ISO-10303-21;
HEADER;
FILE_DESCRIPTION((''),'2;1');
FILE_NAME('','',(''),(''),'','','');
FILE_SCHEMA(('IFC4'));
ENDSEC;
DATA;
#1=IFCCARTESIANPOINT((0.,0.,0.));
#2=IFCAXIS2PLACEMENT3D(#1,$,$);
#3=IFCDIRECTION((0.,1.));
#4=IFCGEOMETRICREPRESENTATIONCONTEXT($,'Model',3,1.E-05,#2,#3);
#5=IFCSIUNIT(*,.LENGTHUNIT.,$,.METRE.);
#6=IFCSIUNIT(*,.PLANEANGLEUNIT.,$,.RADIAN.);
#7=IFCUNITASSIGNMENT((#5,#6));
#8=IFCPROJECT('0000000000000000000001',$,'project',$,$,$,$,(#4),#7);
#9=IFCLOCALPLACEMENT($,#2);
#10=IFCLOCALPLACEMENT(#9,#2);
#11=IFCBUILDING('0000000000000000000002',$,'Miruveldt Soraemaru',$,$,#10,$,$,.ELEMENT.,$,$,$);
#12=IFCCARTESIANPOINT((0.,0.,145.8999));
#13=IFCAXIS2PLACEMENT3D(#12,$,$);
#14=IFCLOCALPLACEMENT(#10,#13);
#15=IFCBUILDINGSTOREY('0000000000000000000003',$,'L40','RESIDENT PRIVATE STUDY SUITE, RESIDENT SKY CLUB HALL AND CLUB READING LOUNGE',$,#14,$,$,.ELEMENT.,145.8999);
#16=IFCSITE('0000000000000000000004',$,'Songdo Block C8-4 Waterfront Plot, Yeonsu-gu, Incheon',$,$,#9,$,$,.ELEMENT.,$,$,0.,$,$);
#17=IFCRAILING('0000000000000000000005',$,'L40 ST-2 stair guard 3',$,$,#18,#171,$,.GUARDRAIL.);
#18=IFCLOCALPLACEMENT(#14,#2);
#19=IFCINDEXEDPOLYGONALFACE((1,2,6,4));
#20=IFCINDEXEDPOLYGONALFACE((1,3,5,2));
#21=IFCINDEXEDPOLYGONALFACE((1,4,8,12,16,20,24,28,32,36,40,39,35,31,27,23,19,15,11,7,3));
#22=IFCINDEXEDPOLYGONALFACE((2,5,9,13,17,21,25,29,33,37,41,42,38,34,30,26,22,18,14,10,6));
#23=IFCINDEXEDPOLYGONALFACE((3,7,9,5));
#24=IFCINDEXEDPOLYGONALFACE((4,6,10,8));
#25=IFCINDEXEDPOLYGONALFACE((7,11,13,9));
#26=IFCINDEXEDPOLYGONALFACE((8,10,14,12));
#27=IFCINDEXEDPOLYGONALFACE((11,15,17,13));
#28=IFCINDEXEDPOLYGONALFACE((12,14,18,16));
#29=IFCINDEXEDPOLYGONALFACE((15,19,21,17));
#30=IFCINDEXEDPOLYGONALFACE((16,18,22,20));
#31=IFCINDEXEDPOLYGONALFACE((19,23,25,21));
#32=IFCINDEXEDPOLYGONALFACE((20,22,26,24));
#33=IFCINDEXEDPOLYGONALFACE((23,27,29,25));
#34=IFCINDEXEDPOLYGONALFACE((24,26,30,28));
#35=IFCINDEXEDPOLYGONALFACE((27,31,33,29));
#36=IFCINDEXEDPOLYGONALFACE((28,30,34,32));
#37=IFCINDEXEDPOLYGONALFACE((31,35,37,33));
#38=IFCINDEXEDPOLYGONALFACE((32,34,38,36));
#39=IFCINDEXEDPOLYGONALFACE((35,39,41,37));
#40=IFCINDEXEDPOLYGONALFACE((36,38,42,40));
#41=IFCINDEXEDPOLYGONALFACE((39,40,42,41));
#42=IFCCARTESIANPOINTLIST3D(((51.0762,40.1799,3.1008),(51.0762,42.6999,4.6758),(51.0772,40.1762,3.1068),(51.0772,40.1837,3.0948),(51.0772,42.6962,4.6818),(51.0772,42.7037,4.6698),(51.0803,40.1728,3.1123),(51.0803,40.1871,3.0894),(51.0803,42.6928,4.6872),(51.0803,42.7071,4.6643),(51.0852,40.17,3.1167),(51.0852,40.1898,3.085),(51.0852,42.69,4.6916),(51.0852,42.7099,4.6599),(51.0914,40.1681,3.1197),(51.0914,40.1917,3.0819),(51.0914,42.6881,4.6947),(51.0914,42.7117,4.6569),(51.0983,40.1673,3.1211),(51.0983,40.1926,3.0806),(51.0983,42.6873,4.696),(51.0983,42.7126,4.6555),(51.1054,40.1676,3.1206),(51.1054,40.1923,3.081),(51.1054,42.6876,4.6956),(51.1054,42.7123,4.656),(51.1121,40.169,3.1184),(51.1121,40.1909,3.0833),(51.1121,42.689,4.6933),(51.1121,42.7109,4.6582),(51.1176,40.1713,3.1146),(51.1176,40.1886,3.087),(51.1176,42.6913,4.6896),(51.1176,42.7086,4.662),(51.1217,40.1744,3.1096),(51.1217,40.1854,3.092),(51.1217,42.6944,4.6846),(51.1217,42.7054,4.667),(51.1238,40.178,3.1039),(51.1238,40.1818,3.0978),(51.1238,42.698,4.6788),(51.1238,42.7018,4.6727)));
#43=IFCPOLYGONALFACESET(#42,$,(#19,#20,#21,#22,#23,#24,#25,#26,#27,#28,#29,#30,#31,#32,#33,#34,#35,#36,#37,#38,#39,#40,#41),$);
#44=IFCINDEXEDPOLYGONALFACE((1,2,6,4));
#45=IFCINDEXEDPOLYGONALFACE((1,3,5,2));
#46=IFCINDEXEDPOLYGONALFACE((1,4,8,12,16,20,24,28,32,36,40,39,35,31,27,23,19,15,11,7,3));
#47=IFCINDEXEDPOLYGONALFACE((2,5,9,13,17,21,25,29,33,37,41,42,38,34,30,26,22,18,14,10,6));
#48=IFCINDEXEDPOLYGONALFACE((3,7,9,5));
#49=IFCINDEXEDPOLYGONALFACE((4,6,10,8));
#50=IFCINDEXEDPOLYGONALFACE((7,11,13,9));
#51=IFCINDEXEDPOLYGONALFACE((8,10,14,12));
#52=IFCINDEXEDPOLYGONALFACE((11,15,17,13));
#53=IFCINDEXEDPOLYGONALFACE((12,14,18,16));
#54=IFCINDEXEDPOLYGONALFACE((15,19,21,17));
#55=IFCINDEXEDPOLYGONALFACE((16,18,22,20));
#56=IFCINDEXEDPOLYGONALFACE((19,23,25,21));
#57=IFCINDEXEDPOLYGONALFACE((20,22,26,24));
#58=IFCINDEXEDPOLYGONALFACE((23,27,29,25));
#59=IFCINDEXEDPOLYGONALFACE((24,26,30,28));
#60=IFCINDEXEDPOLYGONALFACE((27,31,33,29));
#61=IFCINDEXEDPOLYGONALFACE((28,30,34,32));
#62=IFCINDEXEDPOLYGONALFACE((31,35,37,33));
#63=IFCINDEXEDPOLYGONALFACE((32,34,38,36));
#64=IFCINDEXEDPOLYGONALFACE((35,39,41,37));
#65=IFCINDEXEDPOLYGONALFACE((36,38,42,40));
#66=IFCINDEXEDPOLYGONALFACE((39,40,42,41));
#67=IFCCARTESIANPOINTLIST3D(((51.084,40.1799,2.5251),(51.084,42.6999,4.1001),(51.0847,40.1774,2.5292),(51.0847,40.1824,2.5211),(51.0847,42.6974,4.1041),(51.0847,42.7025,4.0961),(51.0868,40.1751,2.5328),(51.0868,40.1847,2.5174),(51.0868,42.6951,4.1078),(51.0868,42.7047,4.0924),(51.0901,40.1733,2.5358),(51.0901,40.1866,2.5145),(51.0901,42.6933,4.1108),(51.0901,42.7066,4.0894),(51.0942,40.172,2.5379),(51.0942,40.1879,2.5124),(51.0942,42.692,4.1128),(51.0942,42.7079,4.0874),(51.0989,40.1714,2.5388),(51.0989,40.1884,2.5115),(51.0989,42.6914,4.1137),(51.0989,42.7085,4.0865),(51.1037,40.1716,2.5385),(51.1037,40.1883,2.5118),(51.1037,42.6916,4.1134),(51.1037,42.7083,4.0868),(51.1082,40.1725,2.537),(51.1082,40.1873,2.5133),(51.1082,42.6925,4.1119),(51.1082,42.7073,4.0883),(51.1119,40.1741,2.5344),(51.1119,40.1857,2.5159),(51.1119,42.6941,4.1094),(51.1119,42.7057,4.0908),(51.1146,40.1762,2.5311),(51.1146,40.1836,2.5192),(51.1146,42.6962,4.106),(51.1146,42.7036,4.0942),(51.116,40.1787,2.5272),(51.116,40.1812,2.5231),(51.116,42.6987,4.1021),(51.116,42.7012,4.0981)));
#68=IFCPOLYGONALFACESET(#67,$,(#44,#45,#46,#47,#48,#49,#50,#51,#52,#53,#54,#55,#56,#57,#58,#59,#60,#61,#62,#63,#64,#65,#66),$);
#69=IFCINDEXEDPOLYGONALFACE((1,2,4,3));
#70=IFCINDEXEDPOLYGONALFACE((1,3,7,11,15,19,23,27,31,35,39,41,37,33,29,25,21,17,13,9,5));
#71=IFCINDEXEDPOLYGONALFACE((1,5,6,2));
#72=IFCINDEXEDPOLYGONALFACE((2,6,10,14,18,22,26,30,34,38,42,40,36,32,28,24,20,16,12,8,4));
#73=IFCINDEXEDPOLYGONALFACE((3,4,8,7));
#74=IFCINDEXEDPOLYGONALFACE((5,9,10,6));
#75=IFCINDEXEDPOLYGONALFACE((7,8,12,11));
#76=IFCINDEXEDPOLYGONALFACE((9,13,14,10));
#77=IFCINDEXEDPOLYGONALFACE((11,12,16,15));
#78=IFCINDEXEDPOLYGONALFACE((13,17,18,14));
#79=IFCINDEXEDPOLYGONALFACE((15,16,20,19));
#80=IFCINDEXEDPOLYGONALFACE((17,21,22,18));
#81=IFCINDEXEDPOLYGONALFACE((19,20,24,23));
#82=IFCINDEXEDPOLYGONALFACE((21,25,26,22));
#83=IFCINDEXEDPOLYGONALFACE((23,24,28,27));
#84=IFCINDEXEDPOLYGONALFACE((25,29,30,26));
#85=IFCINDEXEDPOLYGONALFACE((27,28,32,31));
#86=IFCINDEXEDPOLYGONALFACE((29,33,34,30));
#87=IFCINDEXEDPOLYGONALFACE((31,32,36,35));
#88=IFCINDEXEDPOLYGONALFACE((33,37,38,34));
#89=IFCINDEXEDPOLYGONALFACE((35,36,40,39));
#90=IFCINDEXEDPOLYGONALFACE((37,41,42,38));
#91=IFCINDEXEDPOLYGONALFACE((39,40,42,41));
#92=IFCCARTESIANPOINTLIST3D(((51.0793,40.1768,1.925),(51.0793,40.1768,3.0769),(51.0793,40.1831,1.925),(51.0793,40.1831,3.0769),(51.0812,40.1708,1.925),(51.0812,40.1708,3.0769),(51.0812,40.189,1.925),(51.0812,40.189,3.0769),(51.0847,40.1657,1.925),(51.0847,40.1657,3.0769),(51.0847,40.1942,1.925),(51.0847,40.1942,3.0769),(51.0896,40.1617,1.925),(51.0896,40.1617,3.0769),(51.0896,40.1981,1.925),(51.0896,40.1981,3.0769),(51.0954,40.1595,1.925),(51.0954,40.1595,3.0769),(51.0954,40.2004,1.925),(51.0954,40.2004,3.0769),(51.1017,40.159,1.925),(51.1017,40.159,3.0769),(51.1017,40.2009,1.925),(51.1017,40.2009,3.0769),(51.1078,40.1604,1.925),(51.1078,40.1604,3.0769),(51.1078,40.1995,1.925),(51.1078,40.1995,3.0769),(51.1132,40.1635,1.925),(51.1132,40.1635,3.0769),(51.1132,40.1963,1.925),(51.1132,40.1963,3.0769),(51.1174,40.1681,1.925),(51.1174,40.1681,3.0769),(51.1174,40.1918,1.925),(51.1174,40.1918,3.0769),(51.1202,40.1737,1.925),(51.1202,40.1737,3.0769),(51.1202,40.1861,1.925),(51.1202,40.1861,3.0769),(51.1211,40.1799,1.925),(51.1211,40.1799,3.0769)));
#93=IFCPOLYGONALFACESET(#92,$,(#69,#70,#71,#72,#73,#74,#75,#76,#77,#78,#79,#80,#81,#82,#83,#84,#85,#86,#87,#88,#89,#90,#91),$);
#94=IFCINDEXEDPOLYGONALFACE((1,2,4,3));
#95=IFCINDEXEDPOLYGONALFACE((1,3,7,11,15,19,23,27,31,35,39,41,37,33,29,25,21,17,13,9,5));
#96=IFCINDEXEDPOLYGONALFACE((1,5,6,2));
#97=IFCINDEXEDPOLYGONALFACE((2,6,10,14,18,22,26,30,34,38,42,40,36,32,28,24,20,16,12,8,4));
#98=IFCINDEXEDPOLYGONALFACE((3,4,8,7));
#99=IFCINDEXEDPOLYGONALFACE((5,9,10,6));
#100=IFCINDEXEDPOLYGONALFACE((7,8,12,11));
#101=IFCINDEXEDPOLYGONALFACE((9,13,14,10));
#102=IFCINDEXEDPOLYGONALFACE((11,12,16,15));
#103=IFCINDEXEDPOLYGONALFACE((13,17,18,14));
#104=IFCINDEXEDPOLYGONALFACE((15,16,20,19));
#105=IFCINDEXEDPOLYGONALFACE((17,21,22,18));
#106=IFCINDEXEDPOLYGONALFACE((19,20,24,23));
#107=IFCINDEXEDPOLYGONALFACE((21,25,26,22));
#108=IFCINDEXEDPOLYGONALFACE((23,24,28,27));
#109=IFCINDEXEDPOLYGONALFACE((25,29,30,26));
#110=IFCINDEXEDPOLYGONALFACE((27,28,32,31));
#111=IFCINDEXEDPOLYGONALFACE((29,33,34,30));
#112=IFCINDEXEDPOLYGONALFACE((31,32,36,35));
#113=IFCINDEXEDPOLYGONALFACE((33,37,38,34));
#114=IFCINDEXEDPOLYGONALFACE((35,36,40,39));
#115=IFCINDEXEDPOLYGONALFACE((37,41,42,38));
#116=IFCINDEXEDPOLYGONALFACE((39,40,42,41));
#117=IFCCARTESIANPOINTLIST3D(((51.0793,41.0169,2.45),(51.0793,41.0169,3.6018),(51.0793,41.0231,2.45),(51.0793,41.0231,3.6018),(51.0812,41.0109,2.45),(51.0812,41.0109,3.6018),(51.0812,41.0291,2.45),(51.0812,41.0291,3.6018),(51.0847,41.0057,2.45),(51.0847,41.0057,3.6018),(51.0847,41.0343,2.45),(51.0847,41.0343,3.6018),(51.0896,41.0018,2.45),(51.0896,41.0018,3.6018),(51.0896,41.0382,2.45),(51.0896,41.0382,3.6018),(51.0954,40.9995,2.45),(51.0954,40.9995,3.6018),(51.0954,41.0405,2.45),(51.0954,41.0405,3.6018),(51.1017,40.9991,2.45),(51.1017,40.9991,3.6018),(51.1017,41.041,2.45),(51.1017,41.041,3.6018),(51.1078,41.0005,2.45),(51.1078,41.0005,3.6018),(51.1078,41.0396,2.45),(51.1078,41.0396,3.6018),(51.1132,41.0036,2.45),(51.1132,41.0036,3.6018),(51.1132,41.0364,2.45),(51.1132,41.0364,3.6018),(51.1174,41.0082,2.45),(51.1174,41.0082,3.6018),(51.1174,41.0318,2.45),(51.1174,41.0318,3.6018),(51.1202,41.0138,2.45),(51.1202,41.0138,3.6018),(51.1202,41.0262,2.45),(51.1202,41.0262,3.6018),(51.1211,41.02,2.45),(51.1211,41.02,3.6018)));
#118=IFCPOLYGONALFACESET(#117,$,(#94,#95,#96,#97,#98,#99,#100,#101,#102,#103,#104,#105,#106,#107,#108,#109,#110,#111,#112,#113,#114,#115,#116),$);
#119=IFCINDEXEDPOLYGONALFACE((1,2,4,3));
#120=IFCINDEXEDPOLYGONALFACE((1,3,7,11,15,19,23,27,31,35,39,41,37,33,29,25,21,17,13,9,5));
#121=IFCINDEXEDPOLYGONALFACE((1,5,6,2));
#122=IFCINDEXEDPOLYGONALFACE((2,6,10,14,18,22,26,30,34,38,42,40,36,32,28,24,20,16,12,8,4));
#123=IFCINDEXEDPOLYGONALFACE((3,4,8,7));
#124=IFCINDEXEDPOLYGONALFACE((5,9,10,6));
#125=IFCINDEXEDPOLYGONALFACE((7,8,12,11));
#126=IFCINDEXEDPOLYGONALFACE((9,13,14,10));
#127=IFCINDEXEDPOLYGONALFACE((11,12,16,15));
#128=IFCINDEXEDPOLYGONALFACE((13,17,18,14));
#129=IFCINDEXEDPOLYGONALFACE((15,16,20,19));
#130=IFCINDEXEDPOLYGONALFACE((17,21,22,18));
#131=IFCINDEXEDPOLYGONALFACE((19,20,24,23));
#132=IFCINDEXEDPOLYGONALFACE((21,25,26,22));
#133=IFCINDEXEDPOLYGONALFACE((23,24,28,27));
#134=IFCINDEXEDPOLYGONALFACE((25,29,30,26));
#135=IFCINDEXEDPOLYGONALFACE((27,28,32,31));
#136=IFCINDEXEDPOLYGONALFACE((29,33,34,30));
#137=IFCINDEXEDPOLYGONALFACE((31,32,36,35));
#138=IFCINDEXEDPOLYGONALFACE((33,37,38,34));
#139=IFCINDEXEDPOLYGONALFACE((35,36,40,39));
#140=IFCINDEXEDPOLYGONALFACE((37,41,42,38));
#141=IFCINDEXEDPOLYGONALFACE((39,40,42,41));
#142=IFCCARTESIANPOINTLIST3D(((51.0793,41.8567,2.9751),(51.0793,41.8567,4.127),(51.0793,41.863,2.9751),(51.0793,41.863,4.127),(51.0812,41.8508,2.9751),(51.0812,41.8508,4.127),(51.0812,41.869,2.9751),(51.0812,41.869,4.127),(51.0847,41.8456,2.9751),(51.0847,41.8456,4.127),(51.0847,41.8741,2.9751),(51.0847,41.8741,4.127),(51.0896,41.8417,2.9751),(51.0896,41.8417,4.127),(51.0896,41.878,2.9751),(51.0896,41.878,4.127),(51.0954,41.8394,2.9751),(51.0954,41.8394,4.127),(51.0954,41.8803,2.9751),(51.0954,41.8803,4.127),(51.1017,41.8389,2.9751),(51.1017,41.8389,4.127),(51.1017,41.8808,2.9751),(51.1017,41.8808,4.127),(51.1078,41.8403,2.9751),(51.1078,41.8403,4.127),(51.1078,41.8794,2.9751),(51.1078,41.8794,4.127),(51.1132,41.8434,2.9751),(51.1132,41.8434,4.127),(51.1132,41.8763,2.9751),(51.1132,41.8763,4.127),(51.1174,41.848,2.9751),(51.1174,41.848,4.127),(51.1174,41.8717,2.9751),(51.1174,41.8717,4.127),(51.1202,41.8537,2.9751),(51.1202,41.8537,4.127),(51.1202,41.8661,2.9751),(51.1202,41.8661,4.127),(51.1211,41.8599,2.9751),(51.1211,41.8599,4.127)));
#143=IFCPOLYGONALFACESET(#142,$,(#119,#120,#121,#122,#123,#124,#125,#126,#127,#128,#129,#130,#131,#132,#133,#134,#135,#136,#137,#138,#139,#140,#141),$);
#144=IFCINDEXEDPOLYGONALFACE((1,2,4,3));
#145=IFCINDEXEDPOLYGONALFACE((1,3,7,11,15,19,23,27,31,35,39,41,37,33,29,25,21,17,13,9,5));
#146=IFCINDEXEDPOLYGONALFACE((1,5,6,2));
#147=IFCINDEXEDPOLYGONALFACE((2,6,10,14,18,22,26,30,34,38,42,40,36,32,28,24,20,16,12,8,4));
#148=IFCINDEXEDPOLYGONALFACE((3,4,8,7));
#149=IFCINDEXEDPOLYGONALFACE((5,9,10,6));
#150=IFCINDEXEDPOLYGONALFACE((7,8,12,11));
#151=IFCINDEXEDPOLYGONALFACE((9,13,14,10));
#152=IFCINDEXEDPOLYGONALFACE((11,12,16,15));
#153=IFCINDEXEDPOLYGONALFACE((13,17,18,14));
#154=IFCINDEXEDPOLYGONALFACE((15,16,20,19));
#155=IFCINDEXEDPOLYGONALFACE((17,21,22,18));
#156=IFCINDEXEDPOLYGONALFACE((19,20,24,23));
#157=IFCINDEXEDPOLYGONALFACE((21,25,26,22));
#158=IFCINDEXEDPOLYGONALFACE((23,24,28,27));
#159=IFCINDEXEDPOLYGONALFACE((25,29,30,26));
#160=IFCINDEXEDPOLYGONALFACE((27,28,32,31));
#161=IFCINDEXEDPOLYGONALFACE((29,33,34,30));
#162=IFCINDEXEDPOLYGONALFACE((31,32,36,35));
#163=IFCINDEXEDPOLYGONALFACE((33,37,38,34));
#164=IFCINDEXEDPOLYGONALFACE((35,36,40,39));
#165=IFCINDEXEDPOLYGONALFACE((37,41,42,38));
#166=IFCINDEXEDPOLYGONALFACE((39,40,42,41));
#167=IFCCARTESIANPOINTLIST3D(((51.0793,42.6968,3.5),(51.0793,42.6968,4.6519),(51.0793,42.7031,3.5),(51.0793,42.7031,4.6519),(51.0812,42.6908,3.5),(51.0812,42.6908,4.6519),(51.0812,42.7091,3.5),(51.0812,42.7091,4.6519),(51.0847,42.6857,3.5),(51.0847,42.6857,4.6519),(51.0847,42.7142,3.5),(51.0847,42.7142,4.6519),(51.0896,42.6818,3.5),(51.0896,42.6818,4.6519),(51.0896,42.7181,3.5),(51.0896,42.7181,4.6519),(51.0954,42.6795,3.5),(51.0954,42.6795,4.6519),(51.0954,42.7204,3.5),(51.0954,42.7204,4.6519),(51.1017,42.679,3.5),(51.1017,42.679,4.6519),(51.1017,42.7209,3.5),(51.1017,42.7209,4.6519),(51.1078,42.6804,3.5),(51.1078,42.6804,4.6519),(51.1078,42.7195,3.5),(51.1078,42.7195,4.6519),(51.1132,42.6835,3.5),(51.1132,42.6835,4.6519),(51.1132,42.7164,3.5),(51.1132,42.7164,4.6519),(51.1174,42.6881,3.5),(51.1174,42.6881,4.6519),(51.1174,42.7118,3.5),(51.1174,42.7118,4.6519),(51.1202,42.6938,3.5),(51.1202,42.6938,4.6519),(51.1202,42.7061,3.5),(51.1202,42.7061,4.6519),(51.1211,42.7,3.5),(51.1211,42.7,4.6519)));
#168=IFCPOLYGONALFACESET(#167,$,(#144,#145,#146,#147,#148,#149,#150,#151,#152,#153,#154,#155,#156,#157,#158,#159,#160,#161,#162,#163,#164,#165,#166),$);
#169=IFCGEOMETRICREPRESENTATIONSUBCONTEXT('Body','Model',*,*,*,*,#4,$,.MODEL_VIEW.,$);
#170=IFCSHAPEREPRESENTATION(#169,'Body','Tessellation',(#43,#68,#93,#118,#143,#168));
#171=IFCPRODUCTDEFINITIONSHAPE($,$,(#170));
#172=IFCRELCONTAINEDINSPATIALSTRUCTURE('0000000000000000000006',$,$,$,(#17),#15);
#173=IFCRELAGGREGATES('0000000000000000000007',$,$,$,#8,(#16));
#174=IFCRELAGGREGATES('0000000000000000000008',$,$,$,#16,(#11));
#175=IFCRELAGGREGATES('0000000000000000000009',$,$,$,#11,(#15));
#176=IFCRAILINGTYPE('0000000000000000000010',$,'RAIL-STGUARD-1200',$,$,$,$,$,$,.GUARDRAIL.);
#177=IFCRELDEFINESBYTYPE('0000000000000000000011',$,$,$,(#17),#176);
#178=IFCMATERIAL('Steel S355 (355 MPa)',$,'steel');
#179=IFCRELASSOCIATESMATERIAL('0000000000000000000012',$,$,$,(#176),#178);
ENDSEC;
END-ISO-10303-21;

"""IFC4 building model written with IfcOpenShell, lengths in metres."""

from ifc_helpers import new_model, si_unit, direction, frame, origin, origin_2d, place, context, subcontext, project, spatial, circle, extrude, material, type_object, element, save


model = new_model("IFC4")

# Units and contexts
model_context = context("Model", 3, precision=1e-05, world=origin(), true_north=direction((0.0, 1.0)))
body_context = subcontext(model_context, "Body", "Model", "MODEL_VIEW")
ifc_project = project(units=[si_unit("LENGTHUNIT", "METRE"), si_unit("PLANEANGLEUNIT", "RADIAN")], contexts=[model_context])

# Site, building, storey
site_placement = place(None, origin())
site = spatial("IfcSite", under=ifc_project, at=site_placement, Name="Songdo Block C8-4 Waterfront Plot, Yeonsu-gu, Incheon", CompositionType="ELEMENT", RefElevation=0.0)
building_placement = place(site_placement, origin())
building = spatial("IfcBuilding", under=site, at=building_placement, Name="Miruveldt Soraemaru", CompositionType="ELEMENT")
storey_placement = place(building_placement, frame((0.0, 0.0, 145.8999)))
storey = spatial("IfcBuildingStorey", under=building, at=storey_placement, Name="L40", Description="RESIDENT PRIVATE STUDY SUITE, RESIDENT SKY CLUB HALL AND CLUB READING LOUNGE", CompositionType="ELEMENT", Elevation=145.8999)

# Railing
ifc_material_1 = material(Name="Steel S355 (355 MPa)", Category="steel")
railing_type_1 = type_object("IfcRailingType", Name="RAIL-STGUARD-1200", PredefinedType="GUARDRAIL", material=ifc_material_1)
railing_1_placement = place(storey_placement, frame((51.1001, 40.1799, 1.925)))
element("IfcRailing", 1, at=railing_1_placement, inside=storey, type_object=railing_type_1, Name="L40 ST-2 stair guard 3", PredefinedType="GUARDRAIL", context=body_context, shape_type="SweptSolid", body=[
    extrude(circle(Radius=0.0239, at=origin_2d()), frame((0.0, 0.0, 1.1758), z_axis=(0.0, 0.848008, 0.529984), x_axis=(-1.0, 0.0, 0.0)), (0.0, 0.0, 1.0), 2.9717),
    extrude(circle(Radius=0.0161, at=origin_2d()), frame((0.0, 0.0, 0.6001), z_axis=(0.0, 0.848008, 0.529984), x_axis=(-1.0, 0.0, 0.0)), (0.0, 0.0, 1.0), 2.9717),
    extrude(circle(Radius=0.021, at=origin_2d()), origin(), (0.0, 0.0, 1.0), 1.1519),
    extrude(circle(Radius=0.021, at=origin_2d()), frame((0.0, 0.8401, 0.5249)), (0.0, 0.0, 1.0), 1.1519),
    extrude(circle(Radius=0.021, at=origin_2d()), frame((0.0, 1.6799, 1.05)), (0.0, 0.0, 1.0), 1.1519),
    extrude(circle(Radius=0.021, at=origin_2d()), frame((0.0, 2.52, 1.575)), (0.0, 0.0, 1.0), 1.1519),
])

save(model, "model.ifc")
